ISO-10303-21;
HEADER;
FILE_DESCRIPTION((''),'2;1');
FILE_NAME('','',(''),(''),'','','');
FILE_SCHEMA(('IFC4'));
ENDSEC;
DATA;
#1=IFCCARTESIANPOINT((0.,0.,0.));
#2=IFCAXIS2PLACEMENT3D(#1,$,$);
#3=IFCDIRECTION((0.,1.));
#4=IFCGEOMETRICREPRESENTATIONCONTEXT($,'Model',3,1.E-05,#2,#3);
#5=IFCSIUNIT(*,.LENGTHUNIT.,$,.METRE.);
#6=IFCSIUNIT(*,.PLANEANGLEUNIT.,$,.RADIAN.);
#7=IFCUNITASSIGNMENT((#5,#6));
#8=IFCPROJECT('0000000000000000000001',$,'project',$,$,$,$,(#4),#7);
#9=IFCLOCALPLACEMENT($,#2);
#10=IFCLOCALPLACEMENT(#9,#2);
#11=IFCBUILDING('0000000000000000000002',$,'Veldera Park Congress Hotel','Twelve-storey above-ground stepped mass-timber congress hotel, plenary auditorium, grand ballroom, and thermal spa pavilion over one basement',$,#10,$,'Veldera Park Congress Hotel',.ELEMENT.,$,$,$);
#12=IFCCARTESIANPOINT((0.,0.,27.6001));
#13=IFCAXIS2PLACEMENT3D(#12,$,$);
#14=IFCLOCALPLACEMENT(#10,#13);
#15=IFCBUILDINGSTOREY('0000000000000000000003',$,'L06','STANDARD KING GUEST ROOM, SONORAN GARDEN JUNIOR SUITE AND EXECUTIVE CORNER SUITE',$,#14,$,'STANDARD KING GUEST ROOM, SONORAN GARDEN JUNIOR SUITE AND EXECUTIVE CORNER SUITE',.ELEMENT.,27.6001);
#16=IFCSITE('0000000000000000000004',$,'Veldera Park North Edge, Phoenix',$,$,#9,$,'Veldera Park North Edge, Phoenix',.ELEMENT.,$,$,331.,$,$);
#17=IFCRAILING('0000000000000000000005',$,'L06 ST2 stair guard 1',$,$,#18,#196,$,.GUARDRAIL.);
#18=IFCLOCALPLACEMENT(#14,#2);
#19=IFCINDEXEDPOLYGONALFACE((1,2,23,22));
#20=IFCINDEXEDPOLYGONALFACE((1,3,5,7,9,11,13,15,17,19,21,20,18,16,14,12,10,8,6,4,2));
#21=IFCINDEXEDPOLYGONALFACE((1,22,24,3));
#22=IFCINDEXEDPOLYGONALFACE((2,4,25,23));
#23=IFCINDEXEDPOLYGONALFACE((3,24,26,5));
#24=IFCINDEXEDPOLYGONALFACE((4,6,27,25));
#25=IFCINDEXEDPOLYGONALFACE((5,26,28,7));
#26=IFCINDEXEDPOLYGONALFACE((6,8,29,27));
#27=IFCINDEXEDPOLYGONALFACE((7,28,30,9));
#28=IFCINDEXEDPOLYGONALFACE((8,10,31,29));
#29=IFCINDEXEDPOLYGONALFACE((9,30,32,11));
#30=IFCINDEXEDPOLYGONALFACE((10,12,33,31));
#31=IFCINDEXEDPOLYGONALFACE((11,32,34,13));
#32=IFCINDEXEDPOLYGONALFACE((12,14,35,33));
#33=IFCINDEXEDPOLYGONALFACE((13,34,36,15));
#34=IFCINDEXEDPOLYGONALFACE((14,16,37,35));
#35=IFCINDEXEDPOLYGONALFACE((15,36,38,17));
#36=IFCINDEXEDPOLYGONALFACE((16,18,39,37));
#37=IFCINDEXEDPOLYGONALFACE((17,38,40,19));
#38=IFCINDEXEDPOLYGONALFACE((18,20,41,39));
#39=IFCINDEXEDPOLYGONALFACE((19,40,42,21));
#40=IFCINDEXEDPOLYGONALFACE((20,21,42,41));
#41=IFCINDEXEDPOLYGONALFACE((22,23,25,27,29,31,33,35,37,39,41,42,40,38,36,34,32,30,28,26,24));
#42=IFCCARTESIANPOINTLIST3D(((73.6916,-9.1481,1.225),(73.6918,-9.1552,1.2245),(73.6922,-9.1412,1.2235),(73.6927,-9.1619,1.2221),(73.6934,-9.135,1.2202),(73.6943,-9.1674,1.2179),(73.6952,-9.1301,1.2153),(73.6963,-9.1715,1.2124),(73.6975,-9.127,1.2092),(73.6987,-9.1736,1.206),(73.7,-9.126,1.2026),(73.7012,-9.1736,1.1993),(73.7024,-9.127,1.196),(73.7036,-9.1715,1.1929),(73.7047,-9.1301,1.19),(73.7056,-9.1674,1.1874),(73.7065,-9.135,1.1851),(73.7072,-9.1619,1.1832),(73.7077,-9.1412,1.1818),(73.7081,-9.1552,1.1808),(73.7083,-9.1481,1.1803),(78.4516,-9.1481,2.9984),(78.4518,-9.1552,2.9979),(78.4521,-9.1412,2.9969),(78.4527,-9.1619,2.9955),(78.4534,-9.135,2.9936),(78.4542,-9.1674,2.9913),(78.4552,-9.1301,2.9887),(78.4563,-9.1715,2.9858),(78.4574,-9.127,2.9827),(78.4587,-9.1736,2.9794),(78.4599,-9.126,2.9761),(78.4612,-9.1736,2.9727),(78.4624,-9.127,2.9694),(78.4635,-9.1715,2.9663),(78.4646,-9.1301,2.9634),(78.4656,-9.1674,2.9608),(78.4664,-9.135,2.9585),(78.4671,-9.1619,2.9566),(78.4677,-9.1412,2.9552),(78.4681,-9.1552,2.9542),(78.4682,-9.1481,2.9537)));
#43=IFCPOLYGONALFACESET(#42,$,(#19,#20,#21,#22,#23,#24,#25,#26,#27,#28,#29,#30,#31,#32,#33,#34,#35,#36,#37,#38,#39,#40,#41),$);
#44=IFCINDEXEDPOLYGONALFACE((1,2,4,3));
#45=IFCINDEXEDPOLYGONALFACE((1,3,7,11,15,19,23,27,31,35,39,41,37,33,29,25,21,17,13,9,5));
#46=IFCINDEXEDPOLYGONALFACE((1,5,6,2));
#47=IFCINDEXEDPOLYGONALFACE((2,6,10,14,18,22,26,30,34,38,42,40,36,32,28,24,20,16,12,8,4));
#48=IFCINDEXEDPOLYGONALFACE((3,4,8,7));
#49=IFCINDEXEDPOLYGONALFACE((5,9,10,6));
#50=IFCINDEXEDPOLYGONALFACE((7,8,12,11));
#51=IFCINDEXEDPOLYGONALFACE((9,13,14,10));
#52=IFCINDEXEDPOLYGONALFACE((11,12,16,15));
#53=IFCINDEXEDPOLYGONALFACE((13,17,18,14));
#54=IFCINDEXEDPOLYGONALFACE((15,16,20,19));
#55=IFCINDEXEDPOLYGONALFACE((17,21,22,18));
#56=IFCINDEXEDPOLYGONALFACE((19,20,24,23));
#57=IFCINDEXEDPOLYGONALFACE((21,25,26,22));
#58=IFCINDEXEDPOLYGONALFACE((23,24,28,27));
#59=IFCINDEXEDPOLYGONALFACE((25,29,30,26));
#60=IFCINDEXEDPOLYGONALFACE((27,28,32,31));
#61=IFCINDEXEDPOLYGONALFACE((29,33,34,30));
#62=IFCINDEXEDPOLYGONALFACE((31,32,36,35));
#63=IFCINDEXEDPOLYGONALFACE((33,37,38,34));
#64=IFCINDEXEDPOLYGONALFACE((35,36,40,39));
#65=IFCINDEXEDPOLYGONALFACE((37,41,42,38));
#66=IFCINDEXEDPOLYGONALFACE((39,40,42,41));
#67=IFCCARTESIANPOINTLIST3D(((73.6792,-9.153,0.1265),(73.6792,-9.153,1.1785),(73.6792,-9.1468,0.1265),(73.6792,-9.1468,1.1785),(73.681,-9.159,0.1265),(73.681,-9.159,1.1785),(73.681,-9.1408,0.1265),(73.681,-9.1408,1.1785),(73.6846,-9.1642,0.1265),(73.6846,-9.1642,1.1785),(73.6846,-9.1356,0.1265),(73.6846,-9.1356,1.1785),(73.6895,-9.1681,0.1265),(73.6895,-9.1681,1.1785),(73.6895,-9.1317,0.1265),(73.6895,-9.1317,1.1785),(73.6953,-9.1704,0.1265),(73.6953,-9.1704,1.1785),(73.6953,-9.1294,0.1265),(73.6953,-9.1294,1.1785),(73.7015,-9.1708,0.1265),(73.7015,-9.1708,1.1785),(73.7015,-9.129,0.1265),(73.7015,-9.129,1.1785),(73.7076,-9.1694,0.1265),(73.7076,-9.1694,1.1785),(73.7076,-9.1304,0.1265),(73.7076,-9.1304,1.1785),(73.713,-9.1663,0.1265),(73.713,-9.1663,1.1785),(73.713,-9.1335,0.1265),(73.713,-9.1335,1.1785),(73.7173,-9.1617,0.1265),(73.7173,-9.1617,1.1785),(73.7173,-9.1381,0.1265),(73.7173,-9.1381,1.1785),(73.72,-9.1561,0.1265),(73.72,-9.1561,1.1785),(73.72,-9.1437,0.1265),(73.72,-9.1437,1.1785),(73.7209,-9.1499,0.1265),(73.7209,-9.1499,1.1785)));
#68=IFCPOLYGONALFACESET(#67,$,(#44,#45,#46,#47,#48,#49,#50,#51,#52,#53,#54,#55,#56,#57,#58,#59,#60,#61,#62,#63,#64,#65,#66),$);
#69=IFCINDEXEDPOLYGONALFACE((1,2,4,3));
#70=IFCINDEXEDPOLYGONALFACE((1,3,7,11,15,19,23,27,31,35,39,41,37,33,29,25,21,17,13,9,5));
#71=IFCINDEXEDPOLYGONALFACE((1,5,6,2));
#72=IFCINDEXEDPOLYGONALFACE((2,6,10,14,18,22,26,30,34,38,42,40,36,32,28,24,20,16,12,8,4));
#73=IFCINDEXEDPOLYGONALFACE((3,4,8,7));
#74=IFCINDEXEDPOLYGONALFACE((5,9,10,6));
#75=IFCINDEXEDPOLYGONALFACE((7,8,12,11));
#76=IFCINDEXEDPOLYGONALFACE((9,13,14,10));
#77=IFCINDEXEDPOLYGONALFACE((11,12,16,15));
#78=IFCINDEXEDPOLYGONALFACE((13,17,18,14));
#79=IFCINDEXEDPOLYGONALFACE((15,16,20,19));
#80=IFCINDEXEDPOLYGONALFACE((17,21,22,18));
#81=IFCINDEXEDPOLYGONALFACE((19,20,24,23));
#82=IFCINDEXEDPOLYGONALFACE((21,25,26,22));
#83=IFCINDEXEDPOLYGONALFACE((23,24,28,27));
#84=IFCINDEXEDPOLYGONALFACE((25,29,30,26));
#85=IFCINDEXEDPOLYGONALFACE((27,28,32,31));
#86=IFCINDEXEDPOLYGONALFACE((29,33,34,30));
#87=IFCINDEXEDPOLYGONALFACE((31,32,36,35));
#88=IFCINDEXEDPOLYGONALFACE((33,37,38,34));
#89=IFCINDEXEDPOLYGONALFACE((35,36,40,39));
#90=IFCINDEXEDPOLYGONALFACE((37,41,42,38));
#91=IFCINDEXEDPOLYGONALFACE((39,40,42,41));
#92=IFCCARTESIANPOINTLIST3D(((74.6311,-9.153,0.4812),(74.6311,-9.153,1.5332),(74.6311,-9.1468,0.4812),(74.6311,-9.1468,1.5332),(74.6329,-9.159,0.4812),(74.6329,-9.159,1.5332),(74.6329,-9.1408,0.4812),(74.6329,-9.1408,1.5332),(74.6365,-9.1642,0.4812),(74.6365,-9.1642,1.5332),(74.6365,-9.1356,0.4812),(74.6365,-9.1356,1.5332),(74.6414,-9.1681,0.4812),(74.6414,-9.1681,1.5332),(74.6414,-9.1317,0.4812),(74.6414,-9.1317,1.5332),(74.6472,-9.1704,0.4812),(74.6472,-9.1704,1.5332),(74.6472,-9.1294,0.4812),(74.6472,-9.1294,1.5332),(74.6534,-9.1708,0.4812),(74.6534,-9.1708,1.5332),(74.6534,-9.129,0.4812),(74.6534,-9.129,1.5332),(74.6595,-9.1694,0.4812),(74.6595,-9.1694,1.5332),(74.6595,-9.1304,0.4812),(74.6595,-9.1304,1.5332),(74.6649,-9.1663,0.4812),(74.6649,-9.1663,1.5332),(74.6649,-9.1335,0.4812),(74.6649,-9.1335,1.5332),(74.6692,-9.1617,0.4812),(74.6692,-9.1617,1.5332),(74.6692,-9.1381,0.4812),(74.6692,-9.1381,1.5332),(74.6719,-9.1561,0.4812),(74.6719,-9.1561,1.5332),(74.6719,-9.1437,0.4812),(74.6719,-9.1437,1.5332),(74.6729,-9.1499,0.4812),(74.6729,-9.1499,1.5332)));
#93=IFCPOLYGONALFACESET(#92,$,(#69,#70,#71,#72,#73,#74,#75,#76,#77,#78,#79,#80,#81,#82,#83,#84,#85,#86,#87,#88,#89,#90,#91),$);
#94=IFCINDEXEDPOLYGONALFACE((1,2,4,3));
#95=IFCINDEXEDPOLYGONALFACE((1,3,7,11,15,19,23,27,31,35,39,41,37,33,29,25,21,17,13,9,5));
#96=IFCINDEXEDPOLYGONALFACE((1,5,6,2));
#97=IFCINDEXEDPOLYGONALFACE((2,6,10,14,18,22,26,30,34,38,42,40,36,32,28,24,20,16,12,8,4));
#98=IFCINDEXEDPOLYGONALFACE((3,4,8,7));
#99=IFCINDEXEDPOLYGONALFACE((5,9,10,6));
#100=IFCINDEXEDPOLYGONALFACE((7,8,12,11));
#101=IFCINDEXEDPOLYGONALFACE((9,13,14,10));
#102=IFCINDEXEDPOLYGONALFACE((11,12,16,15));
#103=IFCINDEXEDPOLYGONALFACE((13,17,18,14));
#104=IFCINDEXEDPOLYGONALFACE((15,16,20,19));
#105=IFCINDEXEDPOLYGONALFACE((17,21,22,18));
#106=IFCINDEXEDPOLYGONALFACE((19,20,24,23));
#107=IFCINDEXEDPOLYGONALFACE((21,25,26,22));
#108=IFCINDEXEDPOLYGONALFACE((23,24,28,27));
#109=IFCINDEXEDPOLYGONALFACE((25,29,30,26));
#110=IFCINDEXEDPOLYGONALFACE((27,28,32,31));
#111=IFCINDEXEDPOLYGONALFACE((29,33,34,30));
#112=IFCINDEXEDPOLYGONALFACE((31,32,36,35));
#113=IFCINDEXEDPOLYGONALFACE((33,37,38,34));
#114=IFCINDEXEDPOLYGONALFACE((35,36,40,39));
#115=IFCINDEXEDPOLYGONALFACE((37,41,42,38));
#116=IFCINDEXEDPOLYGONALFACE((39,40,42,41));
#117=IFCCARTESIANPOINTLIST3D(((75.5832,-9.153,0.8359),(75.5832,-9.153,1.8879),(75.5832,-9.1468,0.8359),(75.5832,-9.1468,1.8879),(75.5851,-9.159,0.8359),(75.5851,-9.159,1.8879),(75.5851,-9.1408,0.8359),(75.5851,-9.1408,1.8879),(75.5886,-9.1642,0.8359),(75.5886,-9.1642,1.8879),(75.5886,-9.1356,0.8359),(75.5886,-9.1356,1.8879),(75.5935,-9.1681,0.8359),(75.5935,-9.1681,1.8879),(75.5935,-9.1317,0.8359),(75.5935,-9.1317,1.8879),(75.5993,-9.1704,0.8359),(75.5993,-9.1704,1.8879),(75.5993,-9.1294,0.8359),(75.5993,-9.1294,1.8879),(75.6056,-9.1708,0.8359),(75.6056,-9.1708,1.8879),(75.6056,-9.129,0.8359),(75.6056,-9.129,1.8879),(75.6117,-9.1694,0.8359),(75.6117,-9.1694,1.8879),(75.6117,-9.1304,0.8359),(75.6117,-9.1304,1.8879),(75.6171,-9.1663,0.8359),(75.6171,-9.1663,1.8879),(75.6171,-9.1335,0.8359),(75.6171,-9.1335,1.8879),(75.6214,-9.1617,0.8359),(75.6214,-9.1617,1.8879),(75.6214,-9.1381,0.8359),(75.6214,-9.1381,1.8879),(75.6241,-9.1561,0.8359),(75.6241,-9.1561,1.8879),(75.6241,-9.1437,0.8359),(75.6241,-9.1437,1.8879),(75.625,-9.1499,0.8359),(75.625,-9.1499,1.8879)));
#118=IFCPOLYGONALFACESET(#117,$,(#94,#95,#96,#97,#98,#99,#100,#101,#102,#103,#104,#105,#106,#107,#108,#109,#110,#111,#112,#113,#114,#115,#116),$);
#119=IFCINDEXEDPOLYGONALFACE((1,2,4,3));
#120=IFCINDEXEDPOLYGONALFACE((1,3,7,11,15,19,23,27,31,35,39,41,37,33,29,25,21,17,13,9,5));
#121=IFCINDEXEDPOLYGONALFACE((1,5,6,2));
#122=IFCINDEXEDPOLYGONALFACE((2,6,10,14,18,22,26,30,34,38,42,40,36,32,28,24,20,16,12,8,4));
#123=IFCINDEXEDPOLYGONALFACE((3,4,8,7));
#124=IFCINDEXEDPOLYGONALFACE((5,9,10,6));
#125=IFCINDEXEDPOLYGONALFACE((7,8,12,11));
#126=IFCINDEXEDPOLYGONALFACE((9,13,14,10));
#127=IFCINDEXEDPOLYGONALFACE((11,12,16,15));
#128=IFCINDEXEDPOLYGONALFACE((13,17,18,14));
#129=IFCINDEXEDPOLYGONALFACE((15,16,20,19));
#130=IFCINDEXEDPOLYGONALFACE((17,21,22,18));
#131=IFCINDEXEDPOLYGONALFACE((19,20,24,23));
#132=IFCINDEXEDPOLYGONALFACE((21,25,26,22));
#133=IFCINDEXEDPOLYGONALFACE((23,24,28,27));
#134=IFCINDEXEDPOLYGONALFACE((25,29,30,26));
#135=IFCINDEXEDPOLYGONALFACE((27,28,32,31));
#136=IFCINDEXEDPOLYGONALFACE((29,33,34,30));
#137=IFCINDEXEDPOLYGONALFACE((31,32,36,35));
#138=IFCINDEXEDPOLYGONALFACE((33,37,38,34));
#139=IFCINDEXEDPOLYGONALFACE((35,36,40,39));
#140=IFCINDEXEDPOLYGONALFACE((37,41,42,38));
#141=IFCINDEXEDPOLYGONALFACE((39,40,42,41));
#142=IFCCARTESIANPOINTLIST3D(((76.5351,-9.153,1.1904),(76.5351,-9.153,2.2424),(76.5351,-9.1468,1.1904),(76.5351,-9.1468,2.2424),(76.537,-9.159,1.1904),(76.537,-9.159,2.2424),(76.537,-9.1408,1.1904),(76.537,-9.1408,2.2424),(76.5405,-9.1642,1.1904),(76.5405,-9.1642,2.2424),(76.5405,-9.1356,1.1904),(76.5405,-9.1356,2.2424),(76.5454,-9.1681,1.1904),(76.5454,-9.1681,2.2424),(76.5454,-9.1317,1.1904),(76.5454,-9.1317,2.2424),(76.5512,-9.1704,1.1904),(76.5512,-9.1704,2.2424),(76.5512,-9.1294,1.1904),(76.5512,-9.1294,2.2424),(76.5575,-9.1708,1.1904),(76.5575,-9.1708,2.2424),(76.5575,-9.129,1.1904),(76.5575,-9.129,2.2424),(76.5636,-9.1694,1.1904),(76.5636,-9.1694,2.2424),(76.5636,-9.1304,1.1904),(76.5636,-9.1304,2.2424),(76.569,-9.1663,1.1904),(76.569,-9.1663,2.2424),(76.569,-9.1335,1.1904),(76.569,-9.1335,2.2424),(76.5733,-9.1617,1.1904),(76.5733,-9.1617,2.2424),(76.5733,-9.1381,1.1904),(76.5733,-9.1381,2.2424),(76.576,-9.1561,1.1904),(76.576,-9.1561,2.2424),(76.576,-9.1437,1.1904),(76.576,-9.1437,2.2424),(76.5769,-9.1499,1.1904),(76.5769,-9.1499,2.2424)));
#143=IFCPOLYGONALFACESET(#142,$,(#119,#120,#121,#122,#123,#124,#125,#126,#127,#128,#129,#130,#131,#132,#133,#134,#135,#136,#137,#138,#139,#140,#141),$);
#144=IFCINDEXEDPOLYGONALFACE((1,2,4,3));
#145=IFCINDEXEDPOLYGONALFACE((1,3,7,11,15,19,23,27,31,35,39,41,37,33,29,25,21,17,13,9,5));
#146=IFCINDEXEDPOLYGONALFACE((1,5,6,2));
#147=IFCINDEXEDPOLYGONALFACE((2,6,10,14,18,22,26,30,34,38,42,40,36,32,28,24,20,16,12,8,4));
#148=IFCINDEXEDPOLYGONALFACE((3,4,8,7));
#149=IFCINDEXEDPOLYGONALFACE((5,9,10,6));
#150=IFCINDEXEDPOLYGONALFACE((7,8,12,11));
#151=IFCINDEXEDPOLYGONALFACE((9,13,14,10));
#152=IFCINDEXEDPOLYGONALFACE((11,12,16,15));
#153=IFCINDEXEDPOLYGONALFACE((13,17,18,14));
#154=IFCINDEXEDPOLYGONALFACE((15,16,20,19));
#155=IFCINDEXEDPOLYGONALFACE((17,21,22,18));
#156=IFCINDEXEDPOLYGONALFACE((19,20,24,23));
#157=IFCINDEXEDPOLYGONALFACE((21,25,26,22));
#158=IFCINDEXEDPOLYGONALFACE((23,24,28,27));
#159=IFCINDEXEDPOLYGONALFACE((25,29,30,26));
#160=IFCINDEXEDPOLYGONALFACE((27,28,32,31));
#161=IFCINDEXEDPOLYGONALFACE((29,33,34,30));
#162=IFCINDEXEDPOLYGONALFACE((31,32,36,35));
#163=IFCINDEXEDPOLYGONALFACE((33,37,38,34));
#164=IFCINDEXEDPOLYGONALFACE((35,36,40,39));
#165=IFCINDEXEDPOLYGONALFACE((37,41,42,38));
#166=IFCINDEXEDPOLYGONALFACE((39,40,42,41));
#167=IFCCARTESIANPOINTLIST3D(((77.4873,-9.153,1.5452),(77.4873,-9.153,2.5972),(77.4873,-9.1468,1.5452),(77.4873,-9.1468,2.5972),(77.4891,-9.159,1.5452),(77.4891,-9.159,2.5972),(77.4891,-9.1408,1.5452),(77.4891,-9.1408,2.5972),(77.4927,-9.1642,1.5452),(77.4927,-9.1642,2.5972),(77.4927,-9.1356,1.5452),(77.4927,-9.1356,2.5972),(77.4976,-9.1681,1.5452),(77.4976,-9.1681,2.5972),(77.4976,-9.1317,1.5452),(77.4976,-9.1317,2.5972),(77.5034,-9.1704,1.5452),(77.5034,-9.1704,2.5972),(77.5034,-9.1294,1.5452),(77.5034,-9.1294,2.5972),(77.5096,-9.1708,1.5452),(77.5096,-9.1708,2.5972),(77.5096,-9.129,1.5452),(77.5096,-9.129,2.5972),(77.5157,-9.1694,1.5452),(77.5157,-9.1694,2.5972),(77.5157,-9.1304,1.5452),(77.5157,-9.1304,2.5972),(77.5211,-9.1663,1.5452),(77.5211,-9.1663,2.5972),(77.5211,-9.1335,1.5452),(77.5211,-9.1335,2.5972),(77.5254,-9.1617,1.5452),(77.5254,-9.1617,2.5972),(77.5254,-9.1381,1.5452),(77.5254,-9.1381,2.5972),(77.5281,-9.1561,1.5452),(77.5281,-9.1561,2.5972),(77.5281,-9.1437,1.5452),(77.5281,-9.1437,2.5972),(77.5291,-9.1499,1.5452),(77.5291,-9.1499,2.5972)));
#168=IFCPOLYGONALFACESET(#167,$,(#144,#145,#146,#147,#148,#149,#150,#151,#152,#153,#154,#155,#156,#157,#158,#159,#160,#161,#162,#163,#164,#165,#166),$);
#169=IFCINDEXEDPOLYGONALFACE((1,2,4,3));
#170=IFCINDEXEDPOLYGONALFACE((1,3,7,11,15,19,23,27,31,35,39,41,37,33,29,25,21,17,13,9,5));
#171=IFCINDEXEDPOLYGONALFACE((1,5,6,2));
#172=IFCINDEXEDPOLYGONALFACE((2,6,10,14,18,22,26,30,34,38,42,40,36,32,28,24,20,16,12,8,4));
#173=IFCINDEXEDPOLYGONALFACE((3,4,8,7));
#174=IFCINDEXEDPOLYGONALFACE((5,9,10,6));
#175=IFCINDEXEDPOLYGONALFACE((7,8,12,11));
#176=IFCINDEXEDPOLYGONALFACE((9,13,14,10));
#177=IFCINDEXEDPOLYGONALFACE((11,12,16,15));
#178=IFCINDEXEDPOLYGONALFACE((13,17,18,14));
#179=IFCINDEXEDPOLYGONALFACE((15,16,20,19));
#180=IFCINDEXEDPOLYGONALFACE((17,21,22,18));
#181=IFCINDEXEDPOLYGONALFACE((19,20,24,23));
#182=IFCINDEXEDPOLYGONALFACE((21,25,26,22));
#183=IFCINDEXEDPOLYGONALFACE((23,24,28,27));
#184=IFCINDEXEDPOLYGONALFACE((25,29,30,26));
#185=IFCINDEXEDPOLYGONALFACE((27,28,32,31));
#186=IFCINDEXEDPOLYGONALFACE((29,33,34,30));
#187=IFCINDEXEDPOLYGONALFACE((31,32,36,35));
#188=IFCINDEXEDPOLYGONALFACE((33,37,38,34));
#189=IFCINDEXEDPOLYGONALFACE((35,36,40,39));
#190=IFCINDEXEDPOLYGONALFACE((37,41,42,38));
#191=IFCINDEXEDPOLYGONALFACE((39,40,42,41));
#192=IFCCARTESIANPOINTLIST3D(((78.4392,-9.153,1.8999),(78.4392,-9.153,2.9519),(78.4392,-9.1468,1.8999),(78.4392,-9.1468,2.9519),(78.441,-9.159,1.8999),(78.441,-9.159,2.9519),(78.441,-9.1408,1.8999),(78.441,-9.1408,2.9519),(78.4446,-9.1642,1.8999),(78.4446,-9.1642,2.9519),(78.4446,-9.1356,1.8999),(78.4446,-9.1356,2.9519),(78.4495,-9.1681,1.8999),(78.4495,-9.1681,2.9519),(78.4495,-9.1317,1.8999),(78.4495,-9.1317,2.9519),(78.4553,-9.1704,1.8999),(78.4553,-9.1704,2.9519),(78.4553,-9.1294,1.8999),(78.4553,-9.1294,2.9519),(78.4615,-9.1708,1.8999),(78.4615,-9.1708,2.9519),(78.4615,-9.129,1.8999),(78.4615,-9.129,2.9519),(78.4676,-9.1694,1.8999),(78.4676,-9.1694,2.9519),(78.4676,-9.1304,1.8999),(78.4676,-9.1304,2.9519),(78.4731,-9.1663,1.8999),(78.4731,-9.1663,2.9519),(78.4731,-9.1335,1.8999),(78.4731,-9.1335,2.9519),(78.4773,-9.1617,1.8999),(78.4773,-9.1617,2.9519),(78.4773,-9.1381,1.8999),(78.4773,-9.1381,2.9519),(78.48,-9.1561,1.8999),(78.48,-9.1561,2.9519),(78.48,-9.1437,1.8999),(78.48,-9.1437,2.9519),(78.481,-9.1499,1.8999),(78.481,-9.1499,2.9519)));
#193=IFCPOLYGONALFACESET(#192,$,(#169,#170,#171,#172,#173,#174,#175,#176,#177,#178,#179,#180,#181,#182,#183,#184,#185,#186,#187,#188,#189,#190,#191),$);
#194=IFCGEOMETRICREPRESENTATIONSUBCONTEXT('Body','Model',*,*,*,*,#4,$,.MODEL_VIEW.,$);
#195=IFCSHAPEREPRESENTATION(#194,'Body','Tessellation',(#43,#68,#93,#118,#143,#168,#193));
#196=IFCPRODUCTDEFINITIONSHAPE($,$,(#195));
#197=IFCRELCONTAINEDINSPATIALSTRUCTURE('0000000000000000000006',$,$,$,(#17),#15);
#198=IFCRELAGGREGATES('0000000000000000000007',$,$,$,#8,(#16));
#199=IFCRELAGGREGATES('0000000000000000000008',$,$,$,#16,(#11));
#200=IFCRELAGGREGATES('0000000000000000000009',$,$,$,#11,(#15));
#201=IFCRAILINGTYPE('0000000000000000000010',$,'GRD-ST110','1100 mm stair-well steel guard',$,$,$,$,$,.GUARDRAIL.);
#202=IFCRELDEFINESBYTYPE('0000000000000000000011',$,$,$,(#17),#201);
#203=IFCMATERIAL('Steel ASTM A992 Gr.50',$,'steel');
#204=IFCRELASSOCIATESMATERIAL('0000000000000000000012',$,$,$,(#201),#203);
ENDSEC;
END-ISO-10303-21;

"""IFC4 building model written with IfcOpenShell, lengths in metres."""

from ifc_helpers import new_model, si_unit, direction, frame, origin, origin_2d, place, context, subcontext, project, spatial, circle, extrude, material, type_object, element, save


model = new_model("IFC4")

# Units and contexts
model_context = context("Model", 3, precision=1e-05, world=origin(), true_north=direction((0.0, 1.0)))
body_context = subcontext(model_context, "Body", "Model", "MODEL_VIEW")
ifc_project = project(units=[si_unit("LENGTHUNIT", "METRE"), si_unit("PLANEANGLEUNIT", "RADIAN")], contexts=[model_context])

# Site, building, storey
site_placement = place(None, origin())
site = spatial("IfcSite", under=ifc_project, at=site_placement, Name="Veldera Park North Edge, Phoenix", LongName="Veldera Park North Edge, Phoenix", CompositionType="ELEMENT", RefElevation=331.0)
building_placement = place(site_placement, origin())
building = spatial("IfcBuilding", under=site, at=building_placement, Name="Veldera Park Congress Hotel", Description="Twelve-storey above-ground stepped mass-timber congress hotel, plenary auditorium, grand ballroom, and thermal spa pavilion over one basement", LongName="Veldera Park Congress Hotel", CompositionType="ELEMENT")
storey_placement = place(building_placement, frame((0.0, 0.0, 27.6001)))
storey = spatial("IfcBuildingStorey", under=building, at=storey_placement, Name="L06", Description="STANDARD KING GUEST ROOM, SONORAN GARDEN JUNIOR SUITE AND EXECUTIVE CORNER SUITE", LongName="STANDARD KING GUEST ROOM, SONORAN GARDEN JUNIOR SUITE AND EXECUTIVE CORNER SUITE", CompositionType="ELEMENT", Elevation=27.6001)

# Railing
ifc_material_1 = material(Name="Steel ASTM A992 Gr.50", Category="steel")
railing_type_1 = type_object("IfcRailingType", Name="GRD-ST110", Description="1100 mm stair-well steel guard", PredefinedType="GUARDRAIL", material=ifc_material_1)
railing_1_placement = place(storey_placement, frame((73.7, -9.1499, 0.1265)))
element("IfcRailing", 1, at=railing_1_placement, inside=storey, type_object=railing_type_1, Name="L06 ST2 stair guard 1", PredefinedType="GUARDRAIL", context=body_context, shape_type="SweptSolid", body=[
    extrude(circle(Radius=0.0239, at=origin_2d()), frame((0.0, 0.0, 1.0762), z_axis=(0.937076, 0.0, 0.349126), x_axis=(0.0, 1.0, 0.0)), (0.0, 0.0, 1.0), 5.0796),
    extrude(circle(Radius=0.021, at=origin_2d()), origin(), (0.0, 0.0, 1.0), 1.052),
    extrude(circle(Radius=0.021, at=origin_2d()), frame((0.9519, 0.0, 0.3547)), (0.0, 0.0, 1.0), 1.052),
    extrude(circle(Radius=0.021, at=origin_2d()), frame((1.9041, 0.0, 0.7095)), (0.0, 0.0, 1.0), 1.052),
    extrude(circle(Radius=0.021, at=origin_2d()), frame((2.856, 0.0, 1.064)), (0.0, 0.0, 1.0), 1.052),
    extrude(circle(Radius=0.021, at=origin_2d()), frame((3.8081, 0.0, 1.4187)), (0.0, 0.0, 1.0), 1.052),
    extrude(circle(Radius=0.021, at=origin_2d()), frame((4.76, 0.0, 1.7734)), (0.0, 0.0, 1.0), 1.052),
])

save(model, "model.ifc")
